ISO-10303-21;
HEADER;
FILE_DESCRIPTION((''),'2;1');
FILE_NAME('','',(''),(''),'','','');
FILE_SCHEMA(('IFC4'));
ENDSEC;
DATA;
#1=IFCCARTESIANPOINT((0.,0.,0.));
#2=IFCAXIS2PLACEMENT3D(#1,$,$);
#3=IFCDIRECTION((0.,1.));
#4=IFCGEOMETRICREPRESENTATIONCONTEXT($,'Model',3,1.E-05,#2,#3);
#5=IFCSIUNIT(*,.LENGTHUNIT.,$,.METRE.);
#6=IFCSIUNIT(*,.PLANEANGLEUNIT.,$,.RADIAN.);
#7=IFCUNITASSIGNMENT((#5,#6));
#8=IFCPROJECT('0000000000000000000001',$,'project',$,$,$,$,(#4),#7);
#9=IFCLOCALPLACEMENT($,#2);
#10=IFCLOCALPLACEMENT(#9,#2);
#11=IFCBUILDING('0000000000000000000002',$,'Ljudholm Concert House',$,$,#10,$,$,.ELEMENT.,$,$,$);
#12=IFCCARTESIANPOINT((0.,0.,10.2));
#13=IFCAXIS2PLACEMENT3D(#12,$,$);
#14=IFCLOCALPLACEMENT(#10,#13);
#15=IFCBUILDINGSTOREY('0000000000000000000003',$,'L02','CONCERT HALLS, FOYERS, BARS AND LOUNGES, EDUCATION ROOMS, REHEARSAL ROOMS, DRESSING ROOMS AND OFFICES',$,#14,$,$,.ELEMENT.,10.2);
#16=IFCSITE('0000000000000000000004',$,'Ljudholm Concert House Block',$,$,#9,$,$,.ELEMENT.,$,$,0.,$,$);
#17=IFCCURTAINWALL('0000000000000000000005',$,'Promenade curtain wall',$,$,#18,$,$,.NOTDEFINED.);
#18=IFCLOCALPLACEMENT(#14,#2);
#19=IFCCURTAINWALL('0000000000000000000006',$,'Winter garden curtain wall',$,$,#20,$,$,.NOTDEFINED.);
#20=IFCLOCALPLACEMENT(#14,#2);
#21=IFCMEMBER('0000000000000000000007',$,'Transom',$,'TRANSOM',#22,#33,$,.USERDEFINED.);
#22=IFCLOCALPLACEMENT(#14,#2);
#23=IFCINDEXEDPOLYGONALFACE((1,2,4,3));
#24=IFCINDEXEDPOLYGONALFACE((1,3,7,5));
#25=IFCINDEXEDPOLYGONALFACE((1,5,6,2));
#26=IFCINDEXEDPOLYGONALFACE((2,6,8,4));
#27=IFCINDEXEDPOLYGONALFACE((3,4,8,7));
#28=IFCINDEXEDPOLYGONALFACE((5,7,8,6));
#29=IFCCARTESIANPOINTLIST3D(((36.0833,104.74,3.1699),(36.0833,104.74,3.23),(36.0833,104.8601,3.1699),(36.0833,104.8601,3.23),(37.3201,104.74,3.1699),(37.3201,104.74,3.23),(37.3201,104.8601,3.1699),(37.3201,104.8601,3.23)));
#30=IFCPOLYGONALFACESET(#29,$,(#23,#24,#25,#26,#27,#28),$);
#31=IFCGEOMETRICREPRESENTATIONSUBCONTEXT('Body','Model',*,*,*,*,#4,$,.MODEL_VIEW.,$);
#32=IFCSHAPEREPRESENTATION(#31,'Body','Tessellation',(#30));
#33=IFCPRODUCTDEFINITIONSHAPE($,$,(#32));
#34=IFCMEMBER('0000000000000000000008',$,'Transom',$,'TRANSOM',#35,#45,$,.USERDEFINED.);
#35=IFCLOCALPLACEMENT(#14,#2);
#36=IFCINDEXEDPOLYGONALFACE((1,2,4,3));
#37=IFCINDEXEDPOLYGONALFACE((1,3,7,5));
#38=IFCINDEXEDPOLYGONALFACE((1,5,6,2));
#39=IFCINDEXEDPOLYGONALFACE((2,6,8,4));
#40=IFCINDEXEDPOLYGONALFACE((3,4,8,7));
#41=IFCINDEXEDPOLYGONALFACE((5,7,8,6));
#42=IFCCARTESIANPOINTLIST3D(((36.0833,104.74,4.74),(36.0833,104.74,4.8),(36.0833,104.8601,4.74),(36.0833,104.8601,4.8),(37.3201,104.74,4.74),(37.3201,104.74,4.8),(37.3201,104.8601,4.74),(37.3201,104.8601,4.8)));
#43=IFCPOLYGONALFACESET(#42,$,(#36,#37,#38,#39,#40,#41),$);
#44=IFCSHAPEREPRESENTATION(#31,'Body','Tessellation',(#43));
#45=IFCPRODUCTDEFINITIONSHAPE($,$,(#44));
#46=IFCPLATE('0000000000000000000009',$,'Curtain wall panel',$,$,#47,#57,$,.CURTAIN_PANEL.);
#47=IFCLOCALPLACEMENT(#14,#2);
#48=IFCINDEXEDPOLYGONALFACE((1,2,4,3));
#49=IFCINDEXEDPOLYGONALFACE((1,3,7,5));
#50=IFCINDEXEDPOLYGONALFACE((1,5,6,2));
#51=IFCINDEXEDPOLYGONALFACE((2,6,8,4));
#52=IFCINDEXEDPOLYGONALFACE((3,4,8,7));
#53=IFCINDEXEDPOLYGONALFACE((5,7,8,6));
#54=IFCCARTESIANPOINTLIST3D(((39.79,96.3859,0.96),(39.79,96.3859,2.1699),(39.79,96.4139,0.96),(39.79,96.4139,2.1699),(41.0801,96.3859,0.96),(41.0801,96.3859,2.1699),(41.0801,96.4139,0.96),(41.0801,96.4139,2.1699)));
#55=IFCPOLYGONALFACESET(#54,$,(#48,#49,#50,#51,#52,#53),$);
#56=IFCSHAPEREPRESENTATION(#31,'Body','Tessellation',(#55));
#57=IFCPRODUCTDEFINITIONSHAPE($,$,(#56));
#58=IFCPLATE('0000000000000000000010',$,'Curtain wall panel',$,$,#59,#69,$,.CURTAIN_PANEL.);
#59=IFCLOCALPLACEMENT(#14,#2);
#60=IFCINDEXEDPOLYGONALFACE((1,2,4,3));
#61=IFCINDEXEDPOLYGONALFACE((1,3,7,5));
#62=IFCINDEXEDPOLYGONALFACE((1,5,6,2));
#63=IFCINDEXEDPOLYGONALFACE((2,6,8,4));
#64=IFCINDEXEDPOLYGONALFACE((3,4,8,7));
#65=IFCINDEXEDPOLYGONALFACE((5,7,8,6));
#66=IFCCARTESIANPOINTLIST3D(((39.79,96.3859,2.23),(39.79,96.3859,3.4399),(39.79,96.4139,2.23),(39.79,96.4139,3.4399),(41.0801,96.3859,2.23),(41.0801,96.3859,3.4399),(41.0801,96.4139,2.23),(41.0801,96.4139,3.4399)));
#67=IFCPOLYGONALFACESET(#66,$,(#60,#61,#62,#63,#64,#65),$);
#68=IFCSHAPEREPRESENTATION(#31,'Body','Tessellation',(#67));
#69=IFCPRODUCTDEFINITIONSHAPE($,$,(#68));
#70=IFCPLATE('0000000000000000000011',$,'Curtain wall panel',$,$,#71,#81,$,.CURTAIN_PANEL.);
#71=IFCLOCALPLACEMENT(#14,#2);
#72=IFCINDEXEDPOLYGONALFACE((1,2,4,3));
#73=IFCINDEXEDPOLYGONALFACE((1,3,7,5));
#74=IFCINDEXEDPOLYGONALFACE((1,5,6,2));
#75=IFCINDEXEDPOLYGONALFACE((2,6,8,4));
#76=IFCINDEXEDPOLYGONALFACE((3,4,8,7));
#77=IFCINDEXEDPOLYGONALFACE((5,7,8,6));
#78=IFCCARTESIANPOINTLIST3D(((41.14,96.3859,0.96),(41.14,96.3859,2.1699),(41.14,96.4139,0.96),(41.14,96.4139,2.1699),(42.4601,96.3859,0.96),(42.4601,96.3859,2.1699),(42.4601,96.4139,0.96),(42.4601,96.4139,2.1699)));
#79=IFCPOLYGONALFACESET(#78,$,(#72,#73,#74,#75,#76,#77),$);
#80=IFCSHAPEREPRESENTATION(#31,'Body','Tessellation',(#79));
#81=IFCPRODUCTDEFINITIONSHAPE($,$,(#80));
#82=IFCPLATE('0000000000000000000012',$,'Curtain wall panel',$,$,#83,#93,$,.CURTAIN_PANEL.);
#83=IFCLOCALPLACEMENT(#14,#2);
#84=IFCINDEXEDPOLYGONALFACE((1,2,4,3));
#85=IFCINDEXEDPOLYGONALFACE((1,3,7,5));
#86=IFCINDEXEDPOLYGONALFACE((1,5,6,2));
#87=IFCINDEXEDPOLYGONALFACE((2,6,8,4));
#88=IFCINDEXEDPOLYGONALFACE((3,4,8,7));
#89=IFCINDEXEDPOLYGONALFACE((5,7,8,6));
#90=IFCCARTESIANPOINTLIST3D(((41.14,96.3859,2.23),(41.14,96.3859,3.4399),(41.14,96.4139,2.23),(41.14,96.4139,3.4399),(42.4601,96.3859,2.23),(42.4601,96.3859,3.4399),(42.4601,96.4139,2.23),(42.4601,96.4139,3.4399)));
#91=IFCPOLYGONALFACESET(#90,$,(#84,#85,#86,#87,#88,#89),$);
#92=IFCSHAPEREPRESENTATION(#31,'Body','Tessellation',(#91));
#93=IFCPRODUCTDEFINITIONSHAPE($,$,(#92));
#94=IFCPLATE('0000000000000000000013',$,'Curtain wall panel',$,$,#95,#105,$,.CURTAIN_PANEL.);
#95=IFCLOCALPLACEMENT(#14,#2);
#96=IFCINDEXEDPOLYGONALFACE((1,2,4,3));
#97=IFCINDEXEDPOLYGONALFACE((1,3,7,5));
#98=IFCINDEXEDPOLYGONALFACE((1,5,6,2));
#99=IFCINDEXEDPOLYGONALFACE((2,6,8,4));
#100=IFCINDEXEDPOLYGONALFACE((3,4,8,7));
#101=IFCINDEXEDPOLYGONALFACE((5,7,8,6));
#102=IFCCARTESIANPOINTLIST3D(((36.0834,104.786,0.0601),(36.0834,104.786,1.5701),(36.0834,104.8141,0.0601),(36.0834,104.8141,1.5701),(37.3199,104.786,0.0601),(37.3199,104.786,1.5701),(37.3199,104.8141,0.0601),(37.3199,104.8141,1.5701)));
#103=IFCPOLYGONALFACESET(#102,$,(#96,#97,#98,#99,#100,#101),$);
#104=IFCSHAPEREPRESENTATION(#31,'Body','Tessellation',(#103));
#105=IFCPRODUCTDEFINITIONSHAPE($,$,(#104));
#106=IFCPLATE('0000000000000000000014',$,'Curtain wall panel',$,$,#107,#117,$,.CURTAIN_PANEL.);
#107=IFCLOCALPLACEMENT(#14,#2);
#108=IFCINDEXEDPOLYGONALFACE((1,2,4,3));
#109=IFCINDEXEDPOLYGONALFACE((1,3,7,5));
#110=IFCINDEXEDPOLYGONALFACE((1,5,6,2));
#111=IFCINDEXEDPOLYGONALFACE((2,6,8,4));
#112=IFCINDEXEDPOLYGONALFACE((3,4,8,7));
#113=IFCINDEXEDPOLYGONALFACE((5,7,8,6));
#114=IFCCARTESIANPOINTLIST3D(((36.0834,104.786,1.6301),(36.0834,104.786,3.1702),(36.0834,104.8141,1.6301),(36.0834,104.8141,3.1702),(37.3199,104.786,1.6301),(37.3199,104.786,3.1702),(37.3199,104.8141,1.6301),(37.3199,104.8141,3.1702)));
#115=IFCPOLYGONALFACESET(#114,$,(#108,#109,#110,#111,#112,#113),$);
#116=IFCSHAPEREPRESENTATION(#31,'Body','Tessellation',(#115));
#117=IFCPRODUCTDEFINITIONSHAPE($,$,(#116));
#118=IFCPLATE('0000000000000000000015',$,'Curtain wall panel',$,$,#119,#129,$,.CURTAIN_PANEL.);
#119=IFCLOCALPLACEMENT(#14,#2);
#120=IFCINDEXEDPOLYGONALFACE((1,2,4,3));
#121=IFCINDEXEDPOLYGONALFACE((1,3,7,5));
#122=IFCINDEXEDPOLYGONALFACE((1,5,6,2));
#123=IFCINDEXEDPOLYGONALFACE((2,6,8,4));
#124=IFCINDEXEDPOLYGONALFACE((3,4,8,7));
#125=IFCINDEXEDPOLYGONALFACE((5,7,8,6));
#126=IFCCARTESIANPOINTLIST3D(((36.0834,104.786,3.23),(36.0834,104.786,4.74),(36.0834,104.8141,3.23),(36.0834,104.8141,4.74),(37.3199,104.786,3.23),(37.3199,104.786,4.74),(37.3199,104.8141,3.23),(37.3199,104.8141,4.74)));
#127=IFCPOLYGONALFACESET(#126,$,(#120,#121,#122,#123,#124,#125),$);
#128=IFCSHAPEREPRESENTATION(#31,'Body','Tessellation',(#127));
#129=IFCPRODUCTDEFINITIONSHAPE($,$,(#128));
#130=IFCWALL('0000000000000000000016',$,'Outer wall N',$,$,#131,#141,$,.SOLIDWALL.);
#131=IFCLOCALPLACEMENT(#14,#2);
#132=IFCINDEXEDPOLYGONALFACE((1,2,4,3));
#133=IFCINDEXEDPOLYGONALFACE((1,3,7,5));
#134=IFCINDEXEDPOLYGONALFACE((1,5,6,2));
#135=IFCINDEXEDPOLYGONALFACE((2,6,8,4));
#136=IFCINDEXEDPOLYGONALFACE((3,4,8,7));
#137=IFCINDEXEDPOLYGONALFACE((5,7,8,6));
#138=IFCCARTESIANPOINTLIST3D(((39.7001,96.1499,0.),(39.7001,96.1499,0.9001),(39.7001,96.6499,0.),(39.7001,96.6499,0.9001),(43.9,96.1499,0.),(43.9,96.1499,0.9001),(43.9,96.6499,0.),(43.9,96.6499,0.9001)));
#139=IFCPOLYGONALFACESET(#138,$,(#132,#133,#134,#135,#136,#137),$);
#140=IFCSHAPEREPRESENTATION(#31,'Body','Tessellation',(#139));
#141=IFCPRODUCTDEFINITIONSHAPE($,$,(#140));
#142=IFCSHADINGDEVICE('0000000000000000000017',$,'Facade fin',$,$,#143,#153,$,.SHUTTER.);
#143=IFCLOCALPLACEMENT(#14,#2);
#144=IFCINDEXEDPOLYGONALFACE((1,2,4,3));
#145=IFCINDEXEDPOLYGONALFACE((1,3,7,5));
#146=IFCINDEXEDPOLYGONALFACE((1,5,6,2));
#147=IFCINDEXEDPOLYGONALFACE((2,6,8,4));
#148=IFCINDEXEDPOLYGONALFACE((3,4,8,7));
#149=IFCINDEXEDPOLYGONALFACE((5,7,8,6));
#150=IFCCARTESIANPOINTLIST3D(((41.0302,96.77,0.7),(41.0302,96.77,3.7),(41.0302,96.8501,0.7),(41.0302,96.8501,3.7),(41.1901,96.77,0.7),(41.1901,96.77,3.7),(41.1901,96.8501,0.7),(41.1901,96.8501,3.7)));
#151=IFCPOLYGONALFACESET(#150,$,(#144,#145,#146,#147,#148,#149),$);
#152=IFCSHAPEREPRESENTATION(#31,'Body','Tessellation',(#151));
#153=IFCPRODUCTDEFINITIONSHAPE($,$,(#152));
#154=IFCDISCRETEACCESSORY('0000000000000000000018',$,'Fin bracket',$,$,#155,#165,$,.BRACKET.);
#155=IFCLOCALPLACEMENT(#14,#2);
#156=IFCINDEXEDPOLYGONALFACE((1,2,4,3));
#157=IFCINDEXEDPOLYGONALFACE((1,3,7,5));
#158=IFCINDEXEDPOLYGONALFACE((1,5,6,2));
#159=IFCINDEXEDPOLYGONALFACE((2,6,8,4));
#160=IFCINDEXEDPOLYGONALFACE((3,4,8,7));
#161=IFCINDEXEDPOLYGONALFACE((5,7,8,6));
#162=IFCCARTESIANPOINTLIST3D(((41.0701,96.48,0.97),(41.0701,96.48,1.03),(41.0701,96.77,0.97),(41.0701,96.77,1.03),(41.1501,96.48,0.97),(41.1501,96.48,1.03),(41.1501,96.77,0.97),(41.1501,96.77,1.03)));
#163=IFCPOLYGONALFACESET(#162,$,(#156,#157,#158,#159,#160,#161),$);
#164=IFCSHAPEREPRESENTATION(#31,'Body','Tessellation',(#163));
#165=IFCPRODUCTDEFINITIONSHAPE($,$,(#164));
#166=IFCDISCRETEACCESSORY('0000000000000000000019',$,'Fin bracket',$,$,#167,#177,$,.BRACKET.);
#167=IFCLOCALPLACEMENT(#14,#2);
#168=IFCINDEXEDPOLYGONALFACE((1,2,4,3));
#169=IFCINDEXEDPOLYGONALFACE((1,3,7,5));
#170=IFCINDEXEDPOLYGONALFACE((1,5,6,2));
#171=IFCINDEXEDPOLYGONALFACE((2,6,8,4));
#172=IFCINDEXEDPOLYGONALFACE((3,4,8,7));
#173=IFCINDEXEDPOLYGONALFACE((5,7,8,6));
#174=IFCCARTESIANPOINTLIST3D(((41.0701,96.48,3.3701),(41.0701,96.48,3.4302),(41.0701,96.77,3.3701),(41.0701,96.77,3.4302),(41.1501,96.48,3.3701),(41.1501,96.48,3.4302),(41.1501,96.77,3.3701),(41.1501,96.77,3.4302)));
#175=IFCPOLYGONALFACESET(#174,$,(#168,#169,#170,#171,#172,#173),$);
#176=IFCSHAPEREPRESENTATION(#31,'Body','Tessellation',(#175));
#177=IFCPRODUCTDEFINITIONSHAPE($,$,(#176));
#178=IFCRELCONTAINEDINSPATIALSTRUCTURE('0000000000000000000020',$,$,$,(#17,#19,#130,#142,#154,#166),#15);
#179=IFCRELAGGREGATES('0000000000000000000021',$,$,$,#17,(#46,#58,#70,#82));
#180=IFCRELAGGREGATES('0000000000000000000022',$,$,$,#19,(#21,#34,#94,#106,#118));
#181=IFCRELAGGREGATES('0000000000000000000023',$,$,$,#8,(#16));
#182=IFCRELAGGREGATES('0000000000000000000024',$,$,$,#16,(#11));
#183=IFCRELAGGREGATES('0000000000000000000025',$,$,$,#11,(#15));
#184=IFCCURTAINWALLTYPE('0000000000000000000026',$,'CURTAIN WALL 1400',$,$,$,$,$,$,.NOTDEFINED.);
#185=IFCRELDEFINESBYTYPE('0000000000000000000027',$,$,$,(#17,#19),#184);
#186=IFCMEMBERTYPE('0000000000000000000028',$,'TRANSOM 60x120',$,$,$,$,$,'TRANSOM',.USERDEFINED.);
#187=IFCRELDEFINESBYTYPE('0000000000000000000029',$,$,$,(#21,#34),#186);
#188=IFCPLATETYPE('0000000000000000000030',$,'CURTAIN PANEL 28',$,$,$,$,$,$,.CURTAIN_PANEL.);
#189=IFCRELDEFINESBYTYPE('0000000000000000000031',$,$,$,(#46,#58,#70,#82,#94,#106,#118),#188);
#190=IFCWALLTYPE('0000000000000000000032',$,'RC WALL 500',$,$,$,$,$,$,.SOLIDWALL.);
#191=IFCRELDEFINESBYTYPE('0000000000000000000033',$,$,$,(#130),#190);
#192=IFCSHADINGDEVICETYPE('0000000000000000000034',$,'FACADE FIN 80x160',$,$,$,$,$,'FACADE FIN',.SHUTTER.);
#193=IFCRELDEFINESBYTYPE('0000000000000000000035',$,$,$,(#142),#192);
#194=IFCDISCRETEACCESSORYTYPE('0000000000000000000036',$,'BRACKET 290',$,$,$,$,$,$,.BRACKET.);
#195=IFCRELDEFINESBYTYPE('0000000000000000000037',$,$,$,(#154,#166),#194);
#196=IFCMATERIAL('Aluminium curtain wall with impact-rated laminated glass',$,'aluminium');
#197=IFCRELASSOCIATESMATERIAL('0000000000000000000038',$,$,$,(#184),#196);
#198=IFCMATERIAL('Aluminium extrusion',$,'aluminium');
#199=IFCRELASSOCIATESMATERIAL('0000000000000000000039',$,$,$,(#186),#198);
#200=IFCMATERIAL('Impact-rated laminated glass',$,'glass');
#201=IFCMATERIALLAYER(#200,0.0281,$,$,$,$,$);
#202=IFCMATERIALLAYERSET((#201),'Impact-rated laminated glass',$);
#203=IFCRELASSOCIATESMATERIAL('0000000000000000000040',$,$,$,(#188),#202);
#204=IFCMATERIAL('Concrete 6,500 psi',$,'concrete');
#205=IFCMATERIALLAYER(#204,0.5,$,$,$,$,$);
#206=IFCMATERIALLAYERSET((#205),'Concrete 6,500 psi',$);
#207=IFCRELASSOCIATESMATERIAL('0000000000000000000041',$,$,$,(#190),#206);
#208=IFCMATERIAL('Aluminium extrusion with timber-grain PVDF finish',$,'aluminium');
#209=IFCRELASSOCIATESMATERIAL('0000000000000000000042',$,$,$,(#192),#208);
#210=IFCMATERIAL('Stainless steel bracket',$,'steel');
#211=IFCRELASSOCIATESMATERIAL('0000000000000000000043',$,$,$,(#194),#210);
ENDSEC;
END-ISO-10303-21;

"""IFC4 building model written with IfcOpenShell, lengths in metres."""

from ifc_helpers import new_model, si_unit, direction, frame, frame_2d, origin, origin_2d, place, context, subcontext, project, spatial, rectangle, extrude, material, layer, layer_set, material_profile, profile_set, type_object, element, aggregate, save


model = new_model("IFC4")

# Units and contexts
model_context = context("Model", 3, precision=1e-05, world=origin(), true_north=direction((0.0, 1.0)))
body_context = subcontext(model_context, "Body", "Model", "MODEL_VIEW")
ifc_project = project(units=[si_unit("LENGTHUNIT", "METRE"), si_unit("PLANEANGLEUNIT", "RADIAN")], contexts=[model_context])

# Site, building, storey
site_placement = place(None, origin())
site = spatial("IfcSite", under=ifc_project, at=site_placement, Name="Ljudholm Concert House Block", CompositionType="ELEMENT", RefElevation=0.0)
building_placement = place(site_placement, origin())
building = spatial("IfcBuilding", under=site, at=building_placement, Name="Ljudholm Concert House", CompositionType="ELEMENT")
storey_placement = place(building_placement, frame((0.0, 0.0, 10.2)))
storey = spatial("IfcBuildingStorey", under=building, at=storey_placement, Name="L02", Description="CONCERT HALLS, FOYERS, BARS AND LOUNGES, EDUCATION ROOMS, REHEARSAL ROOMS, DRESSING ROOMS AND OFFICES", CompositionType="ELEMENT", Elevation=10.2)

# Curtain wall
ifc_material_1 = material(Name="Aluminium curtain wall with impact-rated laminated glass", Category="aluminium")
curtain_wall_type = type_object("IfcCurtainWallType", Name="CURTAIN WALL 1400", PredefinedType="NOTDEFINED", material=ifc_material_1)
curtain_wall_1_placement = place(storey_placement, origin())
curtain_wall_1 = element("IfcCurtainWall", 1, at=curtain_wall_1_placement, inside=storey, type_object=curtain_wall_type, Name="Promenade curtain wall", PredefinedType="NOTDEFINED")

# Curtain wall
curtain_wall_2_placement = place(storey_placement, origin())
curtain_wall_2 = element("IfcCurtainWall", 2, at=curtain_wall_2_placement, inside=storey, type_object=curtain_wall_type, Name="Winter garden curtain wall", PredefinedType="NOTDEFINED")

# Members
ifc_material_2 = material(Name="Aluminium extrusion", Category="aluminium")
ifc_material_profile_1 = material_profile(ifc_material_2, rectangle(XDim=0.1201, YDim=0.0601, at=origin_2d()), Name="TRANSOM 60x120")
ifc_profile_set_1 = profile_set([ifc_material_profile_1], Name="Aluminium extrusion")
member_type_1 = type_object("IfcMemberType", Name="TRANSOM 60x120", ElementType="TRANSOM", PredefinedType="USERDEFINED", material=ifc_profile_set_1)
member_1_placement = place(storey_placement, frame((36.0833, 104.8, 3.2), z_axis=(1.0, 0.0, 0.0), x_axis=(0.0, 1.0, 0.0)))
member_1 = element("IfcMember", 3, at=member_1_placement, type_object=member_type_1, Name="Transom", ObjectType="TRANSOM", PredefinedType="USERDEFINED", context=body_context, shape_type="SweptSolid", body=[
    extrude(rectangle(XDim=0.1201, YDim=0.0601, at=origin_2d()), origin(), (0.0, 0.0, 1.0), 1.2368),
])
member_2_placement = place(storey_placement, frame((36.0833, 104.8, 4.77), z_axis=(1.0, 0.0, 0.0), x_axis=(0.0, 1.0, 0.0)))
member_2 = element("IfcMember", 4, at=member_2_placement, type_object=member_type_1, Name="Transom", ObjectType="TRANSOM", PredefinedType="USERDEFINED", context=body_context, shape_type="SweptSolid", body=[
    extrude(rectangle(XDim=0.1201, YDim=0.0601, at=origin_2d()), origin(), (0.0, 0.0, 1.0), 1.2368),
])

# Plates
ifc_material_3 = material(Name="Impact-rated laminated glass", Category="glass")
ifc_layer_1 = layer(ifc_material_3, 0.0281)
ifc_layer_set_1 = layer_set([ifc_layer_1], Name="Impact-rated laminated glass")
plate_type = type_object("IfcPlateType", Name="CURTAIN PANEL 28", PredefinedType="CURTAIN_PANEL", material=ifc_layer_set_1)
plate_1_placement = place(storey_placement, frame((40.4351, 96.3999, 0.96), z_axis=(0.0, 0.0, 1.0), x_axis=(1.0, 0.0, 0.0)))
plate_1 = element("IfcPlate", 5, at=plate_1_placement, type_object=plate_type, Name="Curtain wall panel", PredefinedType="CURTAIN_PANEL", context=body_context, shape_type="SweptSolid", body=[
    extrude(rectangle(XDim=1.29, YDim=0.0281, at=origin_2d()), origin(), (0.0, 0.0, 1.0), 1.21),
])
plate_2_placement = place(storey_placement, frame((40.4351, 96.3999, 2.23), z_axis=(0.0, 0.0, 1.0), x_axis=(1.0, 0.0, 0.0)))
plate_2 = element("IfcPlate", 6, at=plate_2_placement, type_object=plate_type, Name="Curtain wall panel", PredefinedType="CURTAIN_PANEL", context=body_context, shape_type="SweptSolid", body=[
    extrude(rectangle(XDim=1.29, YDim=0.0281, at=origin_2d()), origin(), (0.0, 0.0, 1.0), 1.21),
])
plate_3_placement = place(storey_placement, frame((41.8, 96.3999, 0.96), z_axis=(0.0, 0.0, 1.0), x_axis=(1.0, 0.0, 0.0)))
plate_3 = element("IfcPlate", 7, at=plate_3_placement, type_object=plate_type, Name="Curtain wall panel", PredefinedType="CURTAIN_PANEL", context=body_context, shape_type="SweptSolid", body=[
    extrude(rectangle(XDim=1.3201, YDim=0.0281, at=origin_2d()), origin(), (0.0, 0.0, 1.0), 1.21),
])
plate_4_placement = place(storey_placement, frame((41.8, 96.3999, 2.23), z_axis=(0.0, 0.0, 1.0), x_axis=(1.0, 0.0, 0.0)))
plate_4 = element("IfcPlate", 8, at=plate_4_placement, type_object=plate_type, Name="Curtain wall panel", PredefinedType="CURTAIN_PANEL", context=body_context, shape_type="SweptSolid", body=[
    extrude(rectangle(XDim=1.3201, YDim=0.0281, at=origin_2d()), origin(), (0.0, 0.0, 1.0), 1.21),
])
aggregate(curtain_wall_1, [plate_1, plate_2, plate_3, plate_4])
plate_5_placement = place(storey_placement, frame((36.7017, 104.8, 0.0601), z_axis=(0.0, 0.0, 1.0), x_axis=(1.0, 0.0, 0.0)))
plate_5 = element("IfcPlate", 9, at=plate_5_placement, type_object=plate_type, Name="Curtain wall panel", PredefinedType="CURTAIN_PANEL", context=body_context, shape_type="SweptSolid", body=[
    extrude(rectangle(XDim=1.2366, YDim=0.0281, at=origin_2d()), origin(), (0.0, 0.0, 1.0), 1.51),
])
plate_6_placement = place(storey_placement, frame((36.7017, 104.8, 1.6301), z_axis=(0.0, 0.0, 1.0), x_axis=(1.0, 0.0, 0.0)))
plate_6 = element("IfcPlate", 10, at=plate_6_placement, type_object=plate_type, Name="Curtain wall panel", PredefinedType="CURTAIN_PANEL", context=body_context, shape_type="SweptSolid", body=[
    extrude(rectangle(XDim=1.2366, YDim=0.0281, at=origin_2d()), origin(), (0.0, 0.0, 1.0), 1.54),
])
plate_7_placement = place(storey_placement, frame((36.7017, 104.8, 3.23), z_axis=(0.0, 0.0, 1.0), x_axis=(1.0, 0.0, 0.0)))
plate_7 = element("IfcPlate", 11, at=plate_7_placement, type_object=plate_type, Name="Curtain wall panel", PredefinedType="CURTAIN_PANEL", context=body_context, shape_type="SweptSolid", body=[
    extrude(rectangle(XDim=1.2366, YDim=0.0281, at=origin_2d()), origin(), (0.0, 0.0, 1.0), 1.51),
])
aggregate(curtain_wall_2, [member_1, member_2, plate_5, plate_6, plate_7])

# Wall
ifc_material_4 = material(Name="Concrete 6,500 psi", Category="concrete")
ifc_layer_2 = layer(ifc_material_4, 0.5)
ifc_layer_set_2 = layer_set([ifc_layer_2], Name="Concrete 6,500 psi")
wall_type = type_object("IfcWallType", Name="RC WALL 500", PredefinedType="SOLIDWALL", material=ifc_layer_set_2)
wall_placement = place(storey_placement, frame((39.7, 96.3999, 0.0), z_axis=(0.0, 0.0, 1.0), x_axis=(1.0, 0.0, 0.0)))
element("IfcWall", 12, at=wall_placement, inside=storey, type_object=wall_type, Name="Outer wall N", PredefinedType="SOLIDWALL", context=body_context, shape_type="SweptSolid", body=[
    extrude(rectangle(XDim=4.2, YDim=0.5, at=frame_2d((2.1001, 0.0))), origin(), (0.0, 0.0, 1.0), 0.9001),
])

# Shading device
ifc_material_5 = material(Name="Aluminium extrusion with timber-grain PVDF finish", Category="aluminium")
shading_device_type = type_object("IfcShadingDeviceType", Name="FACADE FIN 80x160", ElementType="FACADE FIN", PredefinedType="SHUTTER", material=ifc_material_5)
shading_device_placement = place(storey_placement, frame((41.1101, 96.8101, 0.7), z_axis=(0.0, 0.0, 1.0), x_axis=(0.0, 1.0, 0.0)))
element("IfcShadingDevice", 13, at=shading_device_placement, inside=storey, type_object=shading_device_type, Name="Facade fin", PredefinedType="SHUTTER", context=body_context, shape_type="SweptSolid", body=[
    extrude(rectangle(XDim=0.0801, YDim=0.1599, at=origin_2d()), origin(), (0.0, 0.0, 1.0), 3.0),
])

# Discrete accessories
ifc_material_6 = material(Name="Stainless steel bracket", Category="steel")
discrete_accessory_type = type_object("IfcDiscreteAccessoryType", Name="BRACKET 290", PredefinedType="BRACKET", material=ifc_material_6)
for number, where, z_axis, x_axis, name in (
    (14, (41.1101, 96.625, 0.97), (0.0, 0.0, 1.0), (0.0, 1.0, 0.0), "Fin bracket"),
    (15, (41.1101, 96.625, 3.3701), (0.0, 0.0, 1.0), (0.0, 1.0, 0.0), "Fin bracket"),
):
    element("IfcDiscreteAccessory", number, at=place(storey_placement, frame(where, z_axis=z_axis, x_axis=x_axis)), inside=storey, type_object=discrete_accessory_type, Name=name, PredefinedType="BRACKET", context=body_context, shape_type="SweptSolid", body=[
        extrude(rectangle(XDim=0.29, YDim=0.0801, at=origin_2d()), origin(), (0.0, 0.0, 1.0), 0.0601),
    ])

save(model, "model.ifc")
